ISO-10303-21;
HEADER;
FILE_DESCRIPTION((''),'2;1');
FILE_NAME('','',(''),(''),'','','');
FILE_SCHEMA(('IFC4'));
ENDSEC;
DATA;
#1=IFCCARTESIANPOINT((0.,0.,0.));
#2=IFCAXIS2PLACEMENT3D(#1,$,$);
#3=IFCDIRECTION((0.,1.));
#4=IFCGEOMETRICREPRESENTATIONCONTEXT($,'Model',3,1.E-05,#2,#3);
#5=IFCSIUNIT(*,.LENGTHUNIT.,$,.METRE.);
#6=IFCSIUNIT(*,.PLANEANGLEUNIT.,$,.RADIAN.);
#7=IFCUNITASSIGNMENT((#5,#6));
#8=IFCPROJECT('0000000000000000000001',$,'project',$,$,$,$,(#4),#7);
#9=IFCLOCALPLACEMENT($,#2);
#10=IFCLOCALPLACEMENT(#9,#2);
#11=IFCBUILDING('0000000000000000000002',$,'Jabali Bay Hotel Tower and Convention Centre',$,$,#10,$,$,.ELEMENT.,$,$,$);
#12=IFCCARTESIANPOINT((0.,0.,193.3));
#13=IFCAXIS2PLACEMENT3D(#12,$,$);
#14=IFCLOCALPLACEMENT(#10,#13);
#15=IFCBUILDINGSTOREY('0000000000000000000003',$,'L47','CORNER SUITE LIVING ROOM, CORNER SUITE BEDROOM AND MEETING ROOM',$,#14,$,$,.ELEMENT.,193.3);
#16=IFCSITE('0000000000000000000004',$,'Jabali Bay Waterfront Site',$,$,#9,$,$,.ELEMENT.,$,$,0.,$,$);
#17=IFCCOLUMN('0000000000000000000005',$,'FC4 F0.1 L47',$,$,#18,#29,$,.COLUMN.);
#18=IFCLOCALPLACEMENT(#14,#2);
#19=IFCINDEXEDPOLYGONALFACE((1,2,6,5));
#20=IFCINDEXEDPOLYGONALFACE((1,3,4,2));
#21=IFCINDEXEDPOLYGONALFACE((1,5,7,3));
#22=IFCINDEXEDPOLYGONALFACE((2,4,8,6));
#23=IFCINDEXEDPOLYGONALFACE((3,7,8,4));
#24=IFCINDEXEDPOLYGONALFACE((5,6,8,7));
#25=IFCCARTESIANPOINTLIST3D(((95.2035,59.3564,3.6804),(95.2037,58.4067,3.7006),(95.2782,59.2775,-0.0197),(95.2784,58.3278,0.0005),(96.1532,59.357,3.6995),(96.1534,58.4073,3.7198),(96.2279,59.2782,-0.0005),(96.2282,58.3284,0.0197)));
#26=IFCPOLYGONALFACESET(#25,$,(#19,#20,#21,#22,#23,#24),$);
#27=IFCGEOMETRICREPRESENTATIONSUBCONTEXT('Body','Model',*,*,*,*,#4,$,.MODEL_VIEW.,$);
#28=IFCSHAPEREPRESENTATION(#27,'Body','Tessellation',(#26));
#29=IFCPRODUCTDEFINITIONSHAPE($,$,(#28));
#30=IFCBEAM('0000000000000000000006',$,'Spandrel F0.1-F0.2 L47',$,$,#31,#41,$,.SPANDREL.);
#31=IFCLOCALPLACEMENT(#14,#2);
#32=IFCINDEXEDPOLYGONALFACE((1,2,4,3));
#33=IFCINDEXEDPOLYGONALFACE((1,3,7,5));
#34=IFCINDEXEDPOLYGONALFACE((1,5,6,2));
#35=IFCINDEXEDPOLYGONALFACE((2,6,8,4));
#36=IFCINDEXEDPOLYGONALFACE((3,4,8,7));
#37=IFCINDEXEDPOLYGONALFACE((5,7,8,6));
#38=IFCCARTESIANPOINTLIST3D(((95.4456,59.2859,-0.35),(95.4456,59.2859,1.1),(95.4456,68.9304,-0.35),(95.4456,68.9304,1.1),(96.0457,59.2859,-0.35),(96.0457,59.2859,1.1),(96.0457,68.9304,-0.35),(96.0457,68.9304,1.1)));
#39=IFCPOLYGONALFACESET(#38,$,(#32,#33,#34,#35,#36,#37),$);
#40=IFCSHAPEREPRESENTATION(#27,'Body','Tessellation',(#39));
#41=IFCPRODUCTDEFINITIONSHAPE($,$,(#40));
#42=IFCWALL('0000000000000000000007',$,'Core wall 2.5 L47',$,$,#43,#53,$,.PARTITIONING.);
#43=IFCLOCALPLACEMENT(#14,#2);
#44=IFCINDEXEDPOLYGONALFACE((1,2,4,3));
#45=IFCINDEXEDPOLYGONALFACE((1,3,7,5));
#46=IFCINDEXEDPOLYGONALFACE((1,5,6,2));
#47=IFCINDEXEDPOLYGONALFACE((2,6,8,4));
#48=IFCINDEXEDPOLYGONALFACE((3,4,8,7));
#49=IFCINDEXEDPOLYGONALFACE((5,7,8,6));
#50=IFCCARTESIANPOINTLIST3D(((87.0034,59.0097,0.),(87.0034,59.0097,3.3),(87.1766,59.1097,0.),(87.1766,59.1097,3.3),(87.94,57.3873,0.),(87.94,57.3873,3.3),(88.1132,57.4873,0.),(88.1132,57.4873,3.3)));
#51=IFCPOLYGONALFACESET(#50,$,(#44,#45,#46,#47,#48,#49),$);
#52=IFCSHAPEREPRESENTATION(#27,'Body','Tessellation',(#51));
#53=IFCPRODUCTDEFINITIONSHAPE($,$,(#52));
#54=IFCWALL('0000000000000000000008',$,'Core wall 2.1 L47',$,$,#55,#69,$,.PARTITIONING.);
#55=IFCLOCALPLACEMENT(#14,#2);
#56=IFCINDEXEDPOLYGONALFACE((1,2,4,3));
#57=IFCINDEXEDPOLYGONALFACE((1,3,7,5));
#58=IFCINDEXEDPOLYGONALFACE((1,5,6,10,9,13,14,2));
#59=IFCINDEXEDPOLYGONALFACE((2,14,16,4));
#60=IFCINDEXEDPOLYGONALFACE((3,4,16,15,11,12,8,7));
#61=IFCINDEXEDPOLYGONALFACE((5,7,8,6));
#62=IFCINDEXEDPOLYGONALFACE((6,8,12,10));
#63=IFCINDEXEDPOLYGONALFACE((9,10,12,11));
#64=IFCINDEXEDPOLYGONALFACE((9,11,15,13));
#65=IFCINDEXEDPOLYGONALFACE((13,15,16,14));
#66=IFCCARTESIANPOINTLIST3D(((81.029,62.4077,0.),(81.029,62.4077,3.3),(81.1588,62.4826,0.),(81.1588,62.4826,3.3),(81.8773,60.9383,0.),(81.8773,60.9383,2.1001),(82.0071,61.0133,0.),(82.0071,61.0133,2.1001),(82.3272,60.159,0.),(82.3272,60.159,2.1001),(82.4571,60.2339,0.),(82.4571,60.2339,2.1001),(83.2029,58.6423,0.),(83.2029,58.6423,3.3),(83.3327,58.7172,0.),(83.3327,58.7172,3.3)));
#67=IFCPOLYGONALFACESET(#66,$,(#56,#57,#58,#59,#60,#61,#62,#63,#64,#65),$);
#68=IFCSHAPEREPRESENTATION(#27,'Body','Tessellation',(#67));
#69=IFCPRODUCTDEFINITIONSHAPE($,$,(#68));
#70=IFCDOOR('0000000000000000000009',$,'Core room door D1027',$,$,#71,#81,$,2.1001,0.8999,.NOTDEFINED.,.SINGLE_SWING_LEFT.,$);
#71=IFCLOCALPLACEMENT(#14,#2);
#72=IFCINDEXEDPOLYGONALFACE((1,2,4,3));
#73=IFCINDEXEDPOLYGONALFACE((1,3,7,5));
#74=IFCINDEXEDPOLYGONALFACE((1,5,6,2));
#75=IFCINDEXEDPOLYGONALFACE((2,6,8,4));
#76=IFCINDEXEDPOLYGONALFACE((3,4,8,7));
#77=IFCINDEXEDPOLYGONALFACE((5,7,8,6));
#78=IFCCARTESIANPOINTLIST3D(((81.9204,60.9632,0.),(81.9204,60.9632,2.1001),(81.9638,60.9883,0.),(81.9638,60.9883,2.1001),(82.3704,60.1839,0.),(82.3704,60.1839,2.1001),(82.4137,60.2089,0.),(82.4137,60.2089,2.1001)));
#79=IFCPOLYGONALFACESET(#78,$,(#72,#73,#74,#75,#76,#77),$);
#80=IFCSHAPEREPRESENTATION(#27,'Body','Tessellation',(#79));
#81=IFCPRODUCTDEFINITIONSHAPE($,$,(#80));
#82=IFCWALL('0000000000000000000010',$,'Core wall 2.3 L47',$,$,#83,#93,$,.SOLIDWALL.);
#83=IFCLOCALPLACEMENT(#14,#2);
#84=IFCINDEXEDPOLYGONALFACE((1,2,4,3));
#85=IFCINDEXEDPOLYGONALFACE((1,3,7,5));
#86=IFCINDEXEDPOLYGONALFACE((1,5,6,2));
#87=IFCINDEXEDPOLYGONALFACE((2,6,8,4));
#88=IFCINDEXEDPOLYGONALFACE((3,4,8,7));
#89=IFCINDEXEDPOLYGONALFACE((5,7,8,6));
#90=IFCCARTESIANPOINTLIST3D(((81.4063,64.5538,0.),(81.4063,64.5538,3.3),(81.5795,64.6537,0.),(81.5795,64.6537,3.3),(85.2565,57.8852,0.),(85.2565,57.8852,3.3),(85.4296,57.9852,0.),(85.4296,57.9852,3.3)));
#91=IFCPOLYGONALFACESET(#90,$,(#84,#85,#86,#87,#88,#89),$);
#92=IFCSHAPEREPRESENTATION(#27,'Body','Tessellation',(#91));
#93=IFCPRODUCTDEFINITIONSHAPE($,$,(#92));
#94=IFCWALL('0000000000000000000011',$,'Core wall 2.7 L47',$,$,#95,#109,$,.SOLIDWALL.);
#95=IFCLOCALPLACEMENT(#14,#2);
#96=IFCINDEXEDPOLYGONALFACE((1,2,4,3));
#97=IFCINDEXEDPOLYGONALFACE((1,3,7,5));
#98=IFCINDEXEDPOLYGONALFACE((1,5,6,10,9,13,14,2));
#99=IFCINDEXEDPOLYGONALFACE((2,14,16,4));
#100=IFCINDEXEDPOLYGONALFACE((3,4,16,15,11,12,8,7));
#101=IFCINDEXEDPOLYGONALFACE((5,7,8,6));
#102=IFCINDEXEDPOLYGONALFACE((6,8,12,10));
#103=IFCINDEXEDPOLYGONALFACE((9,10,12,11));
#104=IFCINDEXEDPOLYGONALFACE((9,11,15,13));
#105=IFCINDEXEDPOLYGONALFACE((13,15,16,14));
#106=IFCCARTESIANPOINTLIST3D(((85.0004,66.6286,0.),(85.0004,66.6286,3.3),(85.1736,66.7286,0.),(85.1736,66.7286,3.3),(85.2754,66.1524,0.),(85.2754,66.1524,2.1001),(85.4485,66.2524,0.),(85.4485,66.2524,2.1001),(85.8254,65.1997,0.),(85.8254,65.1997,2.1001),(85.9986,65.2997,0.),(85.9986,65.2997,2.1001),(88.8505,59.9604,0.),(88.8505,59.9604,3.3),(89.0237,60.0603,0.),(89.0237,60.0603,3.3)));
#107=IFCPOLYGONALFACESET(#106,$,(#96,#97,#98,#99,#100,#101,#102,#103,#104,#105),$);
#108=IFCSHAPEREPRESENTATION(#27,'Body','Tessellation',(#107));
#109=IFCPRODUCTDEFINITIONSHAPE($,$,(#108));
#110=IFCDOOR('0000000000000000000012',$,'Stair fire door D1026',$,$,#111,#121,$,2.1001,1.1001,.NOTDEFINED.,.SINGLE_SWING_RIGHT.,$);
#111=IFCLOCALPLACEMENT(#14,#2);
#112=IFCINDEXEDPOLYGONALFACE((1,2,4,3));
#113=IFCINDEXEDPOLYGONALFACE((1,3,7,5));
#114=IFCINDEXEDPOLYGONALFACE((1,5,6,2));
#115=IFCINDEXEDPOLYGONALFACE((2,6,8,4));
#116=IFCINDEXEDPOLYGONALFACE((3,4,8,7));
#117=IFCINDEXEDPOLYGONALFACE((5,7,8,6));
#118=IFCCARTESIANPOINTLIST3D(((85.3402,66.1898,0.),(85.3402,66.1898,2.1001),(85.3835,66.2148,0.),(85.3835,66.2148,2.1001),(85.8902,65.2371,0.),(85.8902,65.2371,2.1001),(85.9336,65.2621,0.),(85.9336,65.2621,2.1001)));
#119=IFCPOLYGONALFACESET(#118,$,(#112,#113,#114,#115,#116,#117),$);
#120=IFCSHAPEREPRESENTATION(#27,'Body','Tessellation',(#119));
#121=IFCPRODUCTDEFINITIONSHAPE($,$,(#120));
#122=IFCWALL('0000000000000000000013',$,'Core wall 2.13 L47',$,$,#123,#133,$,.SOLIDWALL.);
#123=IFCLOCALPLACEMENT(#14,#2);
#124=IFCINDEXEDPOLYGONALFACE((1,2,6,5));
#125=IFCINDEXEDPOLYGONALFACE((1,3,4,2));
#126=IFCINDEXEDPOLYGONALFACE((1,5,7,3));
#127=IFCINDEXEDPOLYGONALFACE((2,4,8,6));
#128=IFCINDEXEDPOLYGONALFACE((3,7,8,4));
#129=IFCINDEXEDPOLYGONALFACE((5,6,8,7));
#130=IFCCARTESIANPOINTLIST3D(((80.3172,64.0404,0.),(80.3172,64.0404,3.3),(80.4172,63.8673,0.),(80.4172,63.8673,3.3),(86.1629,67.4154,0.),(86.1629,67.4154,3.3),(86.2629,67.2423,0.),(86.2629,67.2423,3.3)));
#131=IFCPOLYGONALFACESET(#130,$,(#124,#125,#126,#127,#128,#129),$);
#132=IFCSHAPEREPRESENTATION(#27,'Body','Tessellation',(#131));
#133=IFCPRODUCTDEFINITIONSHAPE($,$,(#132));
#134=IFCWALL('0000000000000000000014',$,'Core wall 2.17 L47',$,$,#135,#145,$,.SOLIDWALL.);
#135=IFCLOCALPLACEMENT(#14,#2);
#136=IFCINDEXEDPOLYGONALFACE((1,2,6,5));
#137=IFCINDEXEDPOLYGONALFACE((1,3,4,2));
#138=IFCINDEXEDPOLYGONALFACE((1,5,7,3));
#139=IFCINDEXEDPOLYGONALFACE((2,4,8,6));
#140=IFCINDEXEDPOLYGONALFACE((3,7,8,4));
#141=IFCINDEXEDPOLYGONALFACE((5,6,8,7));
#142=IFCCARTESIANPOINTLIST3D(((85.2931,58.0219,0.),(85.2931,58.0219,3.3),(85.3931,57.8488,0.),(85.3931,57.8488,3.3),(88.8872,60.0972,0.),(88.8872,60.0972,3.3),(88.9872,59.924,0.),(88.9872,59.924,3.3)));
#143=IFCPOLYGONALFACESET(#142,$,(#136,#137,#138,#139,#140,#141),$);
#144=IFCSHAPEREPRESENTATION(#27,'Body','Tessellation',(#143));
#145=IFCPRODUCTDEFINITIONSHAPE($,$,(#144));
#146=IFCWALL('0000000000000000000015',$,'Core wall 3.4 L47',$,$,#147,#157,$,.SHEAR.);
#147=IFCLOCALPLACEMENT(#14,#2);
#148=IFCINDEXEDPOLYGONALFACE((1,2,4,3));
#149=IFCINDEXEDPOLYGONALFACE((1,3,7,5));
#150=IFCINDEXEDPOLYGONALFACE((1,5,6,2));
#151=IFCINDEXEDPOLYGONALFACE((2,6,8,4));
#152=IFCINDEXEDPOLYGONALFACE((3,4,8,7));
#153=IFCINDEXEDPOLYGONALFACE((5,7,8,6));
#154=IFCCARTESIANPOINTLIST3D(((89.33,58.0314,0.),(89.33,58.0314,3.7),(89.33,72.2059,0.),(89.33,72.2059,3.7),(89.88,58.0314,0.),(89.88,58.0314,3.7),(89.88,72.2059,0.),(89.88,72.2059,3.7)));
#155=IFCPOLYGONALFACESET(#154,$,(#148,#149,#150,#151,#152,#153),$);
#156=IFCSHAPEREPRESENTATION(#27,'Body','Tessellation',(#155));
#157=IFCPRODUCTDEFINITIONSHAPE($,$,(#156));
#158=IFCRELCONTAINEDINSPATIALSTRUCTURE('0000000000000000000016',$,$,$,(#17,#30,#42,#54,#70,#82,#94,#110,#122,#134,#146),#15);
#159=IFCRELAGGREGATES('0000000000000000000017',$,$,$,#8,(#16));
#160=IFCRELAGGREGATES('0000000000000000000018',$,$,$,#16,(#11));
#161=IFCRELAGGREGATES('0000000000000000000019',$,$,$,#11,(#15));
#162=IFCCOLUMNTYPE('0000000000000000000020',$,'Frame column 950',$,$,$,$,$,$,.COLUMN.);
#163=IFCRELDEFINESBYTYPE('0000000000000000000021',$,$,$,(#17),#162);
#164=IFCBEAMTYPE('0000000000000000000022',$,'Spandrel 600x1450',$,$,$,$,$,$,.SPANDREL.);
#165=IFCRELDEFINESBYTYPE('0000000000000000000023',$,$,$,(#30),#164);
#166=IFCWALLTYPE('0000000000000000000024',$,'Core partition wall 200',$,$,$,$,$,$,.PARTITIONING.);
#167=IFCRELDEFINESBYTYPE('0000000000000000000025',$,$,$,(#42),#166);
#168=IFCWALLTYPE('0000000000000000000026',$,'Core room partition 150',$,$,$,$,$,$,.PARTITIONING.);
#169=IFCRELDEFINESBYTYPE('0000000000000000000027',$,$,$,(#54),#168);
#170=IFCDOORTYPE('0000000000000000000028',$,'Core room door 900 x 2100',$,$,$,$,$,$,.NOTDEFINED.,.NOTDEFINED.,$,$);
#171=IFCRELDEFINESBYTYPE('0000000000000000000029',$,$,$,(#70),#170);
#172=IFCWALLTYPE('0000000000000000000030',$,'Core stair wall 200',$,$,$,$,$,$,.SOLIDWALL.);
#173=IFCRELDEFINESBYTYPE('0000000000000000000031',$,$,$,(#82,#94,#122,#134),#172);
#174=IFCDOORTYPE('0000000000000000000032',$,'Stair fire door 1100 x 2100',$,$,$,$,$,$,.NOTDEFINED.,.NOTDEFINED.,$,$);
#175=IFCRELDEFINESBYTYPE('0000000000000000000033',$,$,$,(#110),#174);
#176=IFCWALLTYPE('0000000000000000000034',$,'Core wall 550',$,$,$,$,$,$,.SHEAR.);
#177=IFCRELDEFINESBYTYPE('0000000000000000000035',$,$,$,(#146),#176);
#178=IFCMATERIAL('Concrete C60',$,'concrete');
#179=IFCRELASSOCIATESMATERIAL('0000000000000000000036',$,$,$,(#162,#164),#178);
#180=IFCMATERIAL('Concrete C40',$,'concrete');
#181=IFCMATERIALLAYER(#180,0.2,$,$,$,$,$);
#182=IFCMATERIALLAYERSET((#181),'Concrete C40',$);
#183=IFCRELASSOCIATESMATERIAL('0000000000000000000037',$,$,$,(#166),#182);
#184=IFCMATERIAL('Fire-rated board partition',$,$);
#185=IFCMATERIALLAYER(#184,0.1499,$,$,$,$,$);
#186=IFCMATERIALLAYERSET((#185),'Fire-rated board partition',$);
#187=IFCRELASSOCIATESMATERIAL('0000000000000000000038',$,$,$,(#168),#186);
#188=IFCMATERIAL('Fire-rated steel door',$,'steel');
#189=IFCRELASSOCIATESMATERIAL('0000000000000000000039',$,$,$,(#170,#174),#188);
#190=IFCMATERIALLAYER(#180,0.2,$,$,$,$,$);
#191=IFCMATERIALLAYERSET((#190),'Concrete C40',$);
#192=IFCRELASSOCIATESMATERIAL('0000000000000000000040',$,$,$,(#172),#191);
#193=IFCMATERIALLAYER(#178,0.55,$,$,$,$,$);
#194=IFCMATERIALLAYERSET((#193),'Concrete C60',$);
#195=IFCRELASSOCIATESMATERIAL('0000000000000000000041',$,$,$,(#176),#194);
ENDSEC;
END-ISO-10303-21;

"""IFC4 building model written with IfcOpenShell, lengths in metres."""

from ifc_helpers import new_model, si_unit, direction, frame, frame_2d, origin, origin_2d, place, context, subcontext, project, spatial, rectangle, extrude, material, layer, layer_set, material_profile, profile_set, type_object, element, fill, save


model = new_model("IFC4")

# Units and contexts
model_context = context("Model", 3, precision=1e-05, world=origin(), true_north=direction((0.0, 1.0)))
body_context = subcontext(model_context, "Body", "Model", "MODEL_VIEW")
ifc_project = project(units=[si_unit("LENGTHUNIT", "METRE"), si_unit("PLANEANGLEUNIT", "RADIAN")], contexts=[model_context])

# Site, building, storey
site_placement = place(None, origin())
site = spatial("IfcSite", under=ifc_project, at=site_placement, Name="Jabali Bay Waterfront Site", CompositionType="ELEMENT", RefElevation=0.0)
building_placement = place(site_placement, origin())
building = spatial("IfcBuilding", under=site, at=building_placement, Name="Jabali Bay Hotel Tower and Convention Centre", CompositionType="ELEMENT")
storey_placement = place(building_placement, frame((0.0, 0.0, 193.3)))
storey = spatial("IfcBuildingStorey", under=building, at=storey_placement, Name="L47", Description="CORNER SUITE LIVING ROOM, CORNER SUITE BEDROOM AND MEETING ROOM", CompositionType="ELEMENT", Elevation=193.3)

# Column
ifc_material_1 = material(Name="Concrete C60", Category="concrete")
ifc_material_profile_1 = material_profile(ifc_material_1, rectangle(XDim=0.95, YDim=0.95, at=origin_2d()), Name="Frame column 950")
ifc_profile_set_1 = profile_set([ifc_material_profile_1], Name="Concrete C60")
column_type = type_object("IfcColumnType", Name="Frame column 950", PredefinedType="COLUMN", material=ifc_profile_set_1)
column_placement = place(storey_placement, frame((95.7532, 58.803, 0.0), z_axis=(-0.020183, 0.021304, 0.999569), x_axis=(0.000222, -0.999773, 0.021313)))
element("IfcColumn", 1, at=column_placement, inside=storey, type_object=column_type, Name="FC4 F0.1 L47", PredefinedType="COLUMN", context=body_context, shape_type="SweptSolid", body=[
    extrude(rectangle(XDim=0.95, YDim=0.95, at=origin_2d()), origin(), (0.0, 0.0, 1.0), 3.7017),
])

# Beam
ifc_material_profile_2 = material_profile(ifc_material_1, rectangle(XDim=0.6001, YDim=1.45, at=origin_2d()), Name="Spandrel 600x1450")
ifc_profile_set_2 = profile_set([ifc_material_profile_2], Name="Concrete C60")
beam_type = type_object("IfcBeamType", Name="Spandrel 600x1450", PredefinedType="SPANDREL", material=ifc_profile_set_2)
beam_placement = place(storey_placement, frame((95.7456, 59.2859, 0.375), z_axis=(0.0, 1.0, 0.0), x_axis=(-1.0, 0.0, 0.0)))
element("IfcBeam", 2, at=beam_placement, inside=storey, type_object=beam_type, Name="Spandrel F0.1-F0.2 L47", PredefinedType="SPANDREL", context=body_context, shape_type="SweptSolid", body=[
    extrude(rectangle(XDim=0.6001, YDim=1.45, at=origin_2d()), origin(), (0.0, 0.0, 1.0), 9.6445),
])

# Wall
ifc_material_2 = material(Name="Concrete C40", Category="concrete")
ifc_layer_1 = layer(ifc_material_2, 0.2)
ifc_layer_set_1 = layer_set([ifc_layer_1], Name="Concrete C40")
wall_type_1 = type_object("IfcWallType", Name="Core partition wall 200", PredefinedType="PARTITIONING", material=ifc_layer_set_1)
wall_1_placement = place(storey_placement, frame((87.0901, 59.0596, 0.0), z_axis=(0.0, 0.0, 1.0), x_axis=(0.499952, -0.866053, 0.0)))
element("IfcWall", 3, at=wall_1_placement, inside=storey, type_object=wall_type_1, Name="Core wall 2.5 L47", PredefinedType="PARTITIONING", context=body_context, shape_type="SweptSolid", body=[
    extrude(rectangle(XDim=1.8733, YDim=0.2, at=frame_2d((0.9365, 0.0))), origin(), (0.0, 0.0, 1.0), 3.3),
])

# Wall, opening, door
ifc_material_3 = material(Name="Fire-rated board partition")
ifc_layer_2 = layer(ifc_material_3, 0.1499)
ifc_layer_set_2 = layer_set([ifc_layer_2], Name="Fire-rated board partition")
wall_type_2 = type_object("IfcWallType", Name="Core room partition 150", PredefinedType="PARTITIONING", material=ifc_layer_set_2)
wall_2_placement = place(storey_placement, frame((81.094, 62.4451, 0.0), z_axis=(0.0, 0.0, 1.0), x_axis=(0.49998, -0.866037, 0.0)))
wall_2 = element("IfcWall", 4, at=wall_2_placement, inside=storey, type_object=wall_type_2, Name="Core wall 2.1 L47", PredefinedType="PARTITIONING", context=body_context, shape_type="SweptSolid", body=[
    extrude(rectangle(XDim=4.3479, YDim=0.1499, at=frame_2d((2.1738, 0.0))), origin(), (0.0, 0.0, 1.0), 3.3),
])
opening_1_placement = place(wall_2_placement, frame((1.6965, 0.0, 0.0)))
opening_1 = element("IfcOpeningElement", 5, at=opening_1_placement, cuts=wall_2, PredefinedType="OPENING", context=body_context, shape_type="SweptSolid", body=[
    extrude(rectangle(XDim=0.8999, YDim=2.1001, at=frame_2d((0.45, 1.05))), frame((0.0, 0.0854, 0.0), z_axis=(0.0, -1.0, 0.0), x_axis=(1.0, 0.0, 0.0)), (0.0, 0.0, 1.0), 0.1709),
])
ifc_material_4 = material(Name="Fire-rated steel door", Category="steel")
door_type_1 = type_object("IfcDoorType", Name="Core room door 900 x 2100", OperationType="NOTDEFINED", PredefinedType="NOTDEFINED", material=ifc_material_4)
door_1_placement = place(opening_1_placement, origin())
door_1 = element("IfcDoor", 6, at=door_1_placement, inside=storey, type_object=door_type_1, Name="Core room door D1027", OperationType="SINGLE_SWING_LEFT", OverallHeight=2.1001, OverallWidth=0.8999, PredefinedType="NOTDEFINED", context=body_context, shape_type="SweptSolid", body=[
    extrude(rectangle(XDim=0.8999, YDim=2.1001, at=frame_2d((0.45, 1.05))), frame((0.0, 0.0249, 0.0), z_axis=(0.0, -1.0, 0.0), x_axis=(1.0, 0.0, 0.0)), (0.0, 0.0, 1.0), 0.05),
])
fill(opening_1, door_1)

# Wall
ifc_layer_3 = layer(ifc_material_2, 0.2)
ifc_layer_set_3 = layer_set([ifc_layer_3], Name="Concrete C40")
wall_type_3 = type_object("IfcWallType", Name="Core stair wall 200", PredefinedType="SOLIDWALL", material=ifc_layer_set_3)
wall_3_placement = place(storey_placement, frame((81.4929, 64.6038, 0.0), z_axis=(0.0, 0.0, 1.0), x_axis=(0.500006, -0.866022, 0.0)))
element("IfcWall", 7, at=wall_3_placement, inside=storey, type_object=wall_type_3, Name="Core wall 2.3 L47", PredefinedType="SOLIDWALL", context=body_context, shape_type="SweptSolid", body=[
    extrude(rectangle(XDim=7.7002, YDim=0.2, at=frame_2d((3.8501, 0.0))), origin(), (0.0, 0.0, 1.0), 3.3),
])

# Wall, opening, door
wall_4_placement = place(storey_placement, frame((85.0869, 66.6787, 0.0), z_axis=(0.0, 0.0, 1.0), x_axis=(0.50002, -0.866014, 0.0)))
wall_4 = element("IfcWall", 8, at=wall_4_placement, inside=storey, type_object=wall_type_3, Name="Core wall 2.7 L47", PredefinedType="SOLIDWALL", context=body_context, shape_type="SweptSolid", body=[
    extrude(rectangle(XDim=7.7, YDim=0.2, at=frame_2d((3.8501, 0.0))), origin(), (0.0, 0.0, 1.0), 3.3),
])
opening_2_placement = place(wall_4_placement, frame((0.55, 0.0, 0.0)))
opening_2 = element("IfcOpeningElement", 9, at=opening_2_placement, cuts=wall_4, PredefinedType="OPENING", context=body_context, shape_type="SweptSolid", body=[
    extrude(rectangle(XDim=1.1001, YDim=2.1001, at=frame_2d((0.55, 1.05))), frame((0.0, 0.1104, 0.0), z_axis=(0.0, -1.0, 0.0), x_axis=(1.0, 0.0, 0.0)), (0.0, 0.0, 1.0), 0.2209),
])
door_type_2 = type_object("IfcDoorType", Name="Stair fire door 1100 x 2100", OperationType="NOTDEFINED", PredefinedType="NOTDEFINED", material=ifc_material_4)
door_2_placement = place(opening_2_placement, origin())
door_2 = element("IfcDoor", 10, at=door_2_placement, inside=storey, type_object=door_type_2, Name="Stair fire door D1026", OperationType="SINGLE_SWING_RIGHT", OverallHeight=2.1001, OverallWidth=1.1001, PredefinedType="NOTDEFINED", context=body_context, shape_type="SweptSolid", body=[
    extrude(rectangle(XDim=1.1001, YDim=2.1001, at=frame_2d((0.55, 1.05))), frame((0.0, 0.0249, 0.0), z_axis=(0.0, -1.0, 0.0), x_axis=(1.0, 0.0, 0.0)), (0.0, 0.0, 1.0), 0.05),
])
fill(opening_2, door_2)

# Walls
wall_5_placement = place(storey_placement, frame((80.3672, 63.9539, 0.0), z_axis=(0.0, 0.0, 1.0), x_axis=(0.866027, 0.499998, 0.0)))
element("IfcWall", 11, at=wall_5_placement, inside=storey, type_object=wall_type_3, Name="Core wall 2.13 L47", PredefinedType="SOLIDWALL", context=body_context, shape_type="SweptSolid", body=[
    extrude(rectangle(XDim=6.75, YDim=0.2, at=frame_2d((3.375, 0.0))), origin(), (0.0, 0.0, 1.0), 3.3),
])
wall_6_placement = place(storey_placement, frame((85.343, 57.9353, 0.0), z_axis=(0.0, 0.0, 1.0), x_axis=(0.866004, 0.500036, 0.0)))
element("IfcWall", 12, at=wall_6_placement, inside=storey, type_object=wall_type_3, Name="Core wall 2.17 L47", PredefinedType="SOLIDWALL", context=body_context, shape_type="SweptSolid", body=[
    extrude(rectangle(XDim=4.1501, YDim=0.2, at=frame_2d((2.0752, 0.0))), origin(), (0.0, 0.0, 1.0), 3.3),
])
ifc_layer_4 = layer(ifc_material_1, 0.55)
ifc_layer_set_4 = layer_set([ifc_layer_4], Name="Concrete C60")
wall_type_4 = type_object("IfcWallType", Name="Core wall 550", PredefinedType="SHEAR", material=ifc_layer_set_4)
wall_7_placement = place(storey_placement, frame((89.605, 58.0312, 0.0), z_axis=(0.0, 0.0, 1.0), x_axis=(0.0, 1.0, 0.0)))
element("IfcWall", 13, at=wall_7_placement, inside=storey, type_object=wall_type_4, Name="Core wall 3.4 L47", PredefinedType="SHEAR", context=body_context, shape_type="SweptSolid", body=[
    extrude(rectangle(XDim=14.1746, YDim=0.55, at=frame_2d((7.0874, 0.0))), origin(), (0.0, 0.0, 1.0), 3.7),
])

save(model, "model.ifc")
